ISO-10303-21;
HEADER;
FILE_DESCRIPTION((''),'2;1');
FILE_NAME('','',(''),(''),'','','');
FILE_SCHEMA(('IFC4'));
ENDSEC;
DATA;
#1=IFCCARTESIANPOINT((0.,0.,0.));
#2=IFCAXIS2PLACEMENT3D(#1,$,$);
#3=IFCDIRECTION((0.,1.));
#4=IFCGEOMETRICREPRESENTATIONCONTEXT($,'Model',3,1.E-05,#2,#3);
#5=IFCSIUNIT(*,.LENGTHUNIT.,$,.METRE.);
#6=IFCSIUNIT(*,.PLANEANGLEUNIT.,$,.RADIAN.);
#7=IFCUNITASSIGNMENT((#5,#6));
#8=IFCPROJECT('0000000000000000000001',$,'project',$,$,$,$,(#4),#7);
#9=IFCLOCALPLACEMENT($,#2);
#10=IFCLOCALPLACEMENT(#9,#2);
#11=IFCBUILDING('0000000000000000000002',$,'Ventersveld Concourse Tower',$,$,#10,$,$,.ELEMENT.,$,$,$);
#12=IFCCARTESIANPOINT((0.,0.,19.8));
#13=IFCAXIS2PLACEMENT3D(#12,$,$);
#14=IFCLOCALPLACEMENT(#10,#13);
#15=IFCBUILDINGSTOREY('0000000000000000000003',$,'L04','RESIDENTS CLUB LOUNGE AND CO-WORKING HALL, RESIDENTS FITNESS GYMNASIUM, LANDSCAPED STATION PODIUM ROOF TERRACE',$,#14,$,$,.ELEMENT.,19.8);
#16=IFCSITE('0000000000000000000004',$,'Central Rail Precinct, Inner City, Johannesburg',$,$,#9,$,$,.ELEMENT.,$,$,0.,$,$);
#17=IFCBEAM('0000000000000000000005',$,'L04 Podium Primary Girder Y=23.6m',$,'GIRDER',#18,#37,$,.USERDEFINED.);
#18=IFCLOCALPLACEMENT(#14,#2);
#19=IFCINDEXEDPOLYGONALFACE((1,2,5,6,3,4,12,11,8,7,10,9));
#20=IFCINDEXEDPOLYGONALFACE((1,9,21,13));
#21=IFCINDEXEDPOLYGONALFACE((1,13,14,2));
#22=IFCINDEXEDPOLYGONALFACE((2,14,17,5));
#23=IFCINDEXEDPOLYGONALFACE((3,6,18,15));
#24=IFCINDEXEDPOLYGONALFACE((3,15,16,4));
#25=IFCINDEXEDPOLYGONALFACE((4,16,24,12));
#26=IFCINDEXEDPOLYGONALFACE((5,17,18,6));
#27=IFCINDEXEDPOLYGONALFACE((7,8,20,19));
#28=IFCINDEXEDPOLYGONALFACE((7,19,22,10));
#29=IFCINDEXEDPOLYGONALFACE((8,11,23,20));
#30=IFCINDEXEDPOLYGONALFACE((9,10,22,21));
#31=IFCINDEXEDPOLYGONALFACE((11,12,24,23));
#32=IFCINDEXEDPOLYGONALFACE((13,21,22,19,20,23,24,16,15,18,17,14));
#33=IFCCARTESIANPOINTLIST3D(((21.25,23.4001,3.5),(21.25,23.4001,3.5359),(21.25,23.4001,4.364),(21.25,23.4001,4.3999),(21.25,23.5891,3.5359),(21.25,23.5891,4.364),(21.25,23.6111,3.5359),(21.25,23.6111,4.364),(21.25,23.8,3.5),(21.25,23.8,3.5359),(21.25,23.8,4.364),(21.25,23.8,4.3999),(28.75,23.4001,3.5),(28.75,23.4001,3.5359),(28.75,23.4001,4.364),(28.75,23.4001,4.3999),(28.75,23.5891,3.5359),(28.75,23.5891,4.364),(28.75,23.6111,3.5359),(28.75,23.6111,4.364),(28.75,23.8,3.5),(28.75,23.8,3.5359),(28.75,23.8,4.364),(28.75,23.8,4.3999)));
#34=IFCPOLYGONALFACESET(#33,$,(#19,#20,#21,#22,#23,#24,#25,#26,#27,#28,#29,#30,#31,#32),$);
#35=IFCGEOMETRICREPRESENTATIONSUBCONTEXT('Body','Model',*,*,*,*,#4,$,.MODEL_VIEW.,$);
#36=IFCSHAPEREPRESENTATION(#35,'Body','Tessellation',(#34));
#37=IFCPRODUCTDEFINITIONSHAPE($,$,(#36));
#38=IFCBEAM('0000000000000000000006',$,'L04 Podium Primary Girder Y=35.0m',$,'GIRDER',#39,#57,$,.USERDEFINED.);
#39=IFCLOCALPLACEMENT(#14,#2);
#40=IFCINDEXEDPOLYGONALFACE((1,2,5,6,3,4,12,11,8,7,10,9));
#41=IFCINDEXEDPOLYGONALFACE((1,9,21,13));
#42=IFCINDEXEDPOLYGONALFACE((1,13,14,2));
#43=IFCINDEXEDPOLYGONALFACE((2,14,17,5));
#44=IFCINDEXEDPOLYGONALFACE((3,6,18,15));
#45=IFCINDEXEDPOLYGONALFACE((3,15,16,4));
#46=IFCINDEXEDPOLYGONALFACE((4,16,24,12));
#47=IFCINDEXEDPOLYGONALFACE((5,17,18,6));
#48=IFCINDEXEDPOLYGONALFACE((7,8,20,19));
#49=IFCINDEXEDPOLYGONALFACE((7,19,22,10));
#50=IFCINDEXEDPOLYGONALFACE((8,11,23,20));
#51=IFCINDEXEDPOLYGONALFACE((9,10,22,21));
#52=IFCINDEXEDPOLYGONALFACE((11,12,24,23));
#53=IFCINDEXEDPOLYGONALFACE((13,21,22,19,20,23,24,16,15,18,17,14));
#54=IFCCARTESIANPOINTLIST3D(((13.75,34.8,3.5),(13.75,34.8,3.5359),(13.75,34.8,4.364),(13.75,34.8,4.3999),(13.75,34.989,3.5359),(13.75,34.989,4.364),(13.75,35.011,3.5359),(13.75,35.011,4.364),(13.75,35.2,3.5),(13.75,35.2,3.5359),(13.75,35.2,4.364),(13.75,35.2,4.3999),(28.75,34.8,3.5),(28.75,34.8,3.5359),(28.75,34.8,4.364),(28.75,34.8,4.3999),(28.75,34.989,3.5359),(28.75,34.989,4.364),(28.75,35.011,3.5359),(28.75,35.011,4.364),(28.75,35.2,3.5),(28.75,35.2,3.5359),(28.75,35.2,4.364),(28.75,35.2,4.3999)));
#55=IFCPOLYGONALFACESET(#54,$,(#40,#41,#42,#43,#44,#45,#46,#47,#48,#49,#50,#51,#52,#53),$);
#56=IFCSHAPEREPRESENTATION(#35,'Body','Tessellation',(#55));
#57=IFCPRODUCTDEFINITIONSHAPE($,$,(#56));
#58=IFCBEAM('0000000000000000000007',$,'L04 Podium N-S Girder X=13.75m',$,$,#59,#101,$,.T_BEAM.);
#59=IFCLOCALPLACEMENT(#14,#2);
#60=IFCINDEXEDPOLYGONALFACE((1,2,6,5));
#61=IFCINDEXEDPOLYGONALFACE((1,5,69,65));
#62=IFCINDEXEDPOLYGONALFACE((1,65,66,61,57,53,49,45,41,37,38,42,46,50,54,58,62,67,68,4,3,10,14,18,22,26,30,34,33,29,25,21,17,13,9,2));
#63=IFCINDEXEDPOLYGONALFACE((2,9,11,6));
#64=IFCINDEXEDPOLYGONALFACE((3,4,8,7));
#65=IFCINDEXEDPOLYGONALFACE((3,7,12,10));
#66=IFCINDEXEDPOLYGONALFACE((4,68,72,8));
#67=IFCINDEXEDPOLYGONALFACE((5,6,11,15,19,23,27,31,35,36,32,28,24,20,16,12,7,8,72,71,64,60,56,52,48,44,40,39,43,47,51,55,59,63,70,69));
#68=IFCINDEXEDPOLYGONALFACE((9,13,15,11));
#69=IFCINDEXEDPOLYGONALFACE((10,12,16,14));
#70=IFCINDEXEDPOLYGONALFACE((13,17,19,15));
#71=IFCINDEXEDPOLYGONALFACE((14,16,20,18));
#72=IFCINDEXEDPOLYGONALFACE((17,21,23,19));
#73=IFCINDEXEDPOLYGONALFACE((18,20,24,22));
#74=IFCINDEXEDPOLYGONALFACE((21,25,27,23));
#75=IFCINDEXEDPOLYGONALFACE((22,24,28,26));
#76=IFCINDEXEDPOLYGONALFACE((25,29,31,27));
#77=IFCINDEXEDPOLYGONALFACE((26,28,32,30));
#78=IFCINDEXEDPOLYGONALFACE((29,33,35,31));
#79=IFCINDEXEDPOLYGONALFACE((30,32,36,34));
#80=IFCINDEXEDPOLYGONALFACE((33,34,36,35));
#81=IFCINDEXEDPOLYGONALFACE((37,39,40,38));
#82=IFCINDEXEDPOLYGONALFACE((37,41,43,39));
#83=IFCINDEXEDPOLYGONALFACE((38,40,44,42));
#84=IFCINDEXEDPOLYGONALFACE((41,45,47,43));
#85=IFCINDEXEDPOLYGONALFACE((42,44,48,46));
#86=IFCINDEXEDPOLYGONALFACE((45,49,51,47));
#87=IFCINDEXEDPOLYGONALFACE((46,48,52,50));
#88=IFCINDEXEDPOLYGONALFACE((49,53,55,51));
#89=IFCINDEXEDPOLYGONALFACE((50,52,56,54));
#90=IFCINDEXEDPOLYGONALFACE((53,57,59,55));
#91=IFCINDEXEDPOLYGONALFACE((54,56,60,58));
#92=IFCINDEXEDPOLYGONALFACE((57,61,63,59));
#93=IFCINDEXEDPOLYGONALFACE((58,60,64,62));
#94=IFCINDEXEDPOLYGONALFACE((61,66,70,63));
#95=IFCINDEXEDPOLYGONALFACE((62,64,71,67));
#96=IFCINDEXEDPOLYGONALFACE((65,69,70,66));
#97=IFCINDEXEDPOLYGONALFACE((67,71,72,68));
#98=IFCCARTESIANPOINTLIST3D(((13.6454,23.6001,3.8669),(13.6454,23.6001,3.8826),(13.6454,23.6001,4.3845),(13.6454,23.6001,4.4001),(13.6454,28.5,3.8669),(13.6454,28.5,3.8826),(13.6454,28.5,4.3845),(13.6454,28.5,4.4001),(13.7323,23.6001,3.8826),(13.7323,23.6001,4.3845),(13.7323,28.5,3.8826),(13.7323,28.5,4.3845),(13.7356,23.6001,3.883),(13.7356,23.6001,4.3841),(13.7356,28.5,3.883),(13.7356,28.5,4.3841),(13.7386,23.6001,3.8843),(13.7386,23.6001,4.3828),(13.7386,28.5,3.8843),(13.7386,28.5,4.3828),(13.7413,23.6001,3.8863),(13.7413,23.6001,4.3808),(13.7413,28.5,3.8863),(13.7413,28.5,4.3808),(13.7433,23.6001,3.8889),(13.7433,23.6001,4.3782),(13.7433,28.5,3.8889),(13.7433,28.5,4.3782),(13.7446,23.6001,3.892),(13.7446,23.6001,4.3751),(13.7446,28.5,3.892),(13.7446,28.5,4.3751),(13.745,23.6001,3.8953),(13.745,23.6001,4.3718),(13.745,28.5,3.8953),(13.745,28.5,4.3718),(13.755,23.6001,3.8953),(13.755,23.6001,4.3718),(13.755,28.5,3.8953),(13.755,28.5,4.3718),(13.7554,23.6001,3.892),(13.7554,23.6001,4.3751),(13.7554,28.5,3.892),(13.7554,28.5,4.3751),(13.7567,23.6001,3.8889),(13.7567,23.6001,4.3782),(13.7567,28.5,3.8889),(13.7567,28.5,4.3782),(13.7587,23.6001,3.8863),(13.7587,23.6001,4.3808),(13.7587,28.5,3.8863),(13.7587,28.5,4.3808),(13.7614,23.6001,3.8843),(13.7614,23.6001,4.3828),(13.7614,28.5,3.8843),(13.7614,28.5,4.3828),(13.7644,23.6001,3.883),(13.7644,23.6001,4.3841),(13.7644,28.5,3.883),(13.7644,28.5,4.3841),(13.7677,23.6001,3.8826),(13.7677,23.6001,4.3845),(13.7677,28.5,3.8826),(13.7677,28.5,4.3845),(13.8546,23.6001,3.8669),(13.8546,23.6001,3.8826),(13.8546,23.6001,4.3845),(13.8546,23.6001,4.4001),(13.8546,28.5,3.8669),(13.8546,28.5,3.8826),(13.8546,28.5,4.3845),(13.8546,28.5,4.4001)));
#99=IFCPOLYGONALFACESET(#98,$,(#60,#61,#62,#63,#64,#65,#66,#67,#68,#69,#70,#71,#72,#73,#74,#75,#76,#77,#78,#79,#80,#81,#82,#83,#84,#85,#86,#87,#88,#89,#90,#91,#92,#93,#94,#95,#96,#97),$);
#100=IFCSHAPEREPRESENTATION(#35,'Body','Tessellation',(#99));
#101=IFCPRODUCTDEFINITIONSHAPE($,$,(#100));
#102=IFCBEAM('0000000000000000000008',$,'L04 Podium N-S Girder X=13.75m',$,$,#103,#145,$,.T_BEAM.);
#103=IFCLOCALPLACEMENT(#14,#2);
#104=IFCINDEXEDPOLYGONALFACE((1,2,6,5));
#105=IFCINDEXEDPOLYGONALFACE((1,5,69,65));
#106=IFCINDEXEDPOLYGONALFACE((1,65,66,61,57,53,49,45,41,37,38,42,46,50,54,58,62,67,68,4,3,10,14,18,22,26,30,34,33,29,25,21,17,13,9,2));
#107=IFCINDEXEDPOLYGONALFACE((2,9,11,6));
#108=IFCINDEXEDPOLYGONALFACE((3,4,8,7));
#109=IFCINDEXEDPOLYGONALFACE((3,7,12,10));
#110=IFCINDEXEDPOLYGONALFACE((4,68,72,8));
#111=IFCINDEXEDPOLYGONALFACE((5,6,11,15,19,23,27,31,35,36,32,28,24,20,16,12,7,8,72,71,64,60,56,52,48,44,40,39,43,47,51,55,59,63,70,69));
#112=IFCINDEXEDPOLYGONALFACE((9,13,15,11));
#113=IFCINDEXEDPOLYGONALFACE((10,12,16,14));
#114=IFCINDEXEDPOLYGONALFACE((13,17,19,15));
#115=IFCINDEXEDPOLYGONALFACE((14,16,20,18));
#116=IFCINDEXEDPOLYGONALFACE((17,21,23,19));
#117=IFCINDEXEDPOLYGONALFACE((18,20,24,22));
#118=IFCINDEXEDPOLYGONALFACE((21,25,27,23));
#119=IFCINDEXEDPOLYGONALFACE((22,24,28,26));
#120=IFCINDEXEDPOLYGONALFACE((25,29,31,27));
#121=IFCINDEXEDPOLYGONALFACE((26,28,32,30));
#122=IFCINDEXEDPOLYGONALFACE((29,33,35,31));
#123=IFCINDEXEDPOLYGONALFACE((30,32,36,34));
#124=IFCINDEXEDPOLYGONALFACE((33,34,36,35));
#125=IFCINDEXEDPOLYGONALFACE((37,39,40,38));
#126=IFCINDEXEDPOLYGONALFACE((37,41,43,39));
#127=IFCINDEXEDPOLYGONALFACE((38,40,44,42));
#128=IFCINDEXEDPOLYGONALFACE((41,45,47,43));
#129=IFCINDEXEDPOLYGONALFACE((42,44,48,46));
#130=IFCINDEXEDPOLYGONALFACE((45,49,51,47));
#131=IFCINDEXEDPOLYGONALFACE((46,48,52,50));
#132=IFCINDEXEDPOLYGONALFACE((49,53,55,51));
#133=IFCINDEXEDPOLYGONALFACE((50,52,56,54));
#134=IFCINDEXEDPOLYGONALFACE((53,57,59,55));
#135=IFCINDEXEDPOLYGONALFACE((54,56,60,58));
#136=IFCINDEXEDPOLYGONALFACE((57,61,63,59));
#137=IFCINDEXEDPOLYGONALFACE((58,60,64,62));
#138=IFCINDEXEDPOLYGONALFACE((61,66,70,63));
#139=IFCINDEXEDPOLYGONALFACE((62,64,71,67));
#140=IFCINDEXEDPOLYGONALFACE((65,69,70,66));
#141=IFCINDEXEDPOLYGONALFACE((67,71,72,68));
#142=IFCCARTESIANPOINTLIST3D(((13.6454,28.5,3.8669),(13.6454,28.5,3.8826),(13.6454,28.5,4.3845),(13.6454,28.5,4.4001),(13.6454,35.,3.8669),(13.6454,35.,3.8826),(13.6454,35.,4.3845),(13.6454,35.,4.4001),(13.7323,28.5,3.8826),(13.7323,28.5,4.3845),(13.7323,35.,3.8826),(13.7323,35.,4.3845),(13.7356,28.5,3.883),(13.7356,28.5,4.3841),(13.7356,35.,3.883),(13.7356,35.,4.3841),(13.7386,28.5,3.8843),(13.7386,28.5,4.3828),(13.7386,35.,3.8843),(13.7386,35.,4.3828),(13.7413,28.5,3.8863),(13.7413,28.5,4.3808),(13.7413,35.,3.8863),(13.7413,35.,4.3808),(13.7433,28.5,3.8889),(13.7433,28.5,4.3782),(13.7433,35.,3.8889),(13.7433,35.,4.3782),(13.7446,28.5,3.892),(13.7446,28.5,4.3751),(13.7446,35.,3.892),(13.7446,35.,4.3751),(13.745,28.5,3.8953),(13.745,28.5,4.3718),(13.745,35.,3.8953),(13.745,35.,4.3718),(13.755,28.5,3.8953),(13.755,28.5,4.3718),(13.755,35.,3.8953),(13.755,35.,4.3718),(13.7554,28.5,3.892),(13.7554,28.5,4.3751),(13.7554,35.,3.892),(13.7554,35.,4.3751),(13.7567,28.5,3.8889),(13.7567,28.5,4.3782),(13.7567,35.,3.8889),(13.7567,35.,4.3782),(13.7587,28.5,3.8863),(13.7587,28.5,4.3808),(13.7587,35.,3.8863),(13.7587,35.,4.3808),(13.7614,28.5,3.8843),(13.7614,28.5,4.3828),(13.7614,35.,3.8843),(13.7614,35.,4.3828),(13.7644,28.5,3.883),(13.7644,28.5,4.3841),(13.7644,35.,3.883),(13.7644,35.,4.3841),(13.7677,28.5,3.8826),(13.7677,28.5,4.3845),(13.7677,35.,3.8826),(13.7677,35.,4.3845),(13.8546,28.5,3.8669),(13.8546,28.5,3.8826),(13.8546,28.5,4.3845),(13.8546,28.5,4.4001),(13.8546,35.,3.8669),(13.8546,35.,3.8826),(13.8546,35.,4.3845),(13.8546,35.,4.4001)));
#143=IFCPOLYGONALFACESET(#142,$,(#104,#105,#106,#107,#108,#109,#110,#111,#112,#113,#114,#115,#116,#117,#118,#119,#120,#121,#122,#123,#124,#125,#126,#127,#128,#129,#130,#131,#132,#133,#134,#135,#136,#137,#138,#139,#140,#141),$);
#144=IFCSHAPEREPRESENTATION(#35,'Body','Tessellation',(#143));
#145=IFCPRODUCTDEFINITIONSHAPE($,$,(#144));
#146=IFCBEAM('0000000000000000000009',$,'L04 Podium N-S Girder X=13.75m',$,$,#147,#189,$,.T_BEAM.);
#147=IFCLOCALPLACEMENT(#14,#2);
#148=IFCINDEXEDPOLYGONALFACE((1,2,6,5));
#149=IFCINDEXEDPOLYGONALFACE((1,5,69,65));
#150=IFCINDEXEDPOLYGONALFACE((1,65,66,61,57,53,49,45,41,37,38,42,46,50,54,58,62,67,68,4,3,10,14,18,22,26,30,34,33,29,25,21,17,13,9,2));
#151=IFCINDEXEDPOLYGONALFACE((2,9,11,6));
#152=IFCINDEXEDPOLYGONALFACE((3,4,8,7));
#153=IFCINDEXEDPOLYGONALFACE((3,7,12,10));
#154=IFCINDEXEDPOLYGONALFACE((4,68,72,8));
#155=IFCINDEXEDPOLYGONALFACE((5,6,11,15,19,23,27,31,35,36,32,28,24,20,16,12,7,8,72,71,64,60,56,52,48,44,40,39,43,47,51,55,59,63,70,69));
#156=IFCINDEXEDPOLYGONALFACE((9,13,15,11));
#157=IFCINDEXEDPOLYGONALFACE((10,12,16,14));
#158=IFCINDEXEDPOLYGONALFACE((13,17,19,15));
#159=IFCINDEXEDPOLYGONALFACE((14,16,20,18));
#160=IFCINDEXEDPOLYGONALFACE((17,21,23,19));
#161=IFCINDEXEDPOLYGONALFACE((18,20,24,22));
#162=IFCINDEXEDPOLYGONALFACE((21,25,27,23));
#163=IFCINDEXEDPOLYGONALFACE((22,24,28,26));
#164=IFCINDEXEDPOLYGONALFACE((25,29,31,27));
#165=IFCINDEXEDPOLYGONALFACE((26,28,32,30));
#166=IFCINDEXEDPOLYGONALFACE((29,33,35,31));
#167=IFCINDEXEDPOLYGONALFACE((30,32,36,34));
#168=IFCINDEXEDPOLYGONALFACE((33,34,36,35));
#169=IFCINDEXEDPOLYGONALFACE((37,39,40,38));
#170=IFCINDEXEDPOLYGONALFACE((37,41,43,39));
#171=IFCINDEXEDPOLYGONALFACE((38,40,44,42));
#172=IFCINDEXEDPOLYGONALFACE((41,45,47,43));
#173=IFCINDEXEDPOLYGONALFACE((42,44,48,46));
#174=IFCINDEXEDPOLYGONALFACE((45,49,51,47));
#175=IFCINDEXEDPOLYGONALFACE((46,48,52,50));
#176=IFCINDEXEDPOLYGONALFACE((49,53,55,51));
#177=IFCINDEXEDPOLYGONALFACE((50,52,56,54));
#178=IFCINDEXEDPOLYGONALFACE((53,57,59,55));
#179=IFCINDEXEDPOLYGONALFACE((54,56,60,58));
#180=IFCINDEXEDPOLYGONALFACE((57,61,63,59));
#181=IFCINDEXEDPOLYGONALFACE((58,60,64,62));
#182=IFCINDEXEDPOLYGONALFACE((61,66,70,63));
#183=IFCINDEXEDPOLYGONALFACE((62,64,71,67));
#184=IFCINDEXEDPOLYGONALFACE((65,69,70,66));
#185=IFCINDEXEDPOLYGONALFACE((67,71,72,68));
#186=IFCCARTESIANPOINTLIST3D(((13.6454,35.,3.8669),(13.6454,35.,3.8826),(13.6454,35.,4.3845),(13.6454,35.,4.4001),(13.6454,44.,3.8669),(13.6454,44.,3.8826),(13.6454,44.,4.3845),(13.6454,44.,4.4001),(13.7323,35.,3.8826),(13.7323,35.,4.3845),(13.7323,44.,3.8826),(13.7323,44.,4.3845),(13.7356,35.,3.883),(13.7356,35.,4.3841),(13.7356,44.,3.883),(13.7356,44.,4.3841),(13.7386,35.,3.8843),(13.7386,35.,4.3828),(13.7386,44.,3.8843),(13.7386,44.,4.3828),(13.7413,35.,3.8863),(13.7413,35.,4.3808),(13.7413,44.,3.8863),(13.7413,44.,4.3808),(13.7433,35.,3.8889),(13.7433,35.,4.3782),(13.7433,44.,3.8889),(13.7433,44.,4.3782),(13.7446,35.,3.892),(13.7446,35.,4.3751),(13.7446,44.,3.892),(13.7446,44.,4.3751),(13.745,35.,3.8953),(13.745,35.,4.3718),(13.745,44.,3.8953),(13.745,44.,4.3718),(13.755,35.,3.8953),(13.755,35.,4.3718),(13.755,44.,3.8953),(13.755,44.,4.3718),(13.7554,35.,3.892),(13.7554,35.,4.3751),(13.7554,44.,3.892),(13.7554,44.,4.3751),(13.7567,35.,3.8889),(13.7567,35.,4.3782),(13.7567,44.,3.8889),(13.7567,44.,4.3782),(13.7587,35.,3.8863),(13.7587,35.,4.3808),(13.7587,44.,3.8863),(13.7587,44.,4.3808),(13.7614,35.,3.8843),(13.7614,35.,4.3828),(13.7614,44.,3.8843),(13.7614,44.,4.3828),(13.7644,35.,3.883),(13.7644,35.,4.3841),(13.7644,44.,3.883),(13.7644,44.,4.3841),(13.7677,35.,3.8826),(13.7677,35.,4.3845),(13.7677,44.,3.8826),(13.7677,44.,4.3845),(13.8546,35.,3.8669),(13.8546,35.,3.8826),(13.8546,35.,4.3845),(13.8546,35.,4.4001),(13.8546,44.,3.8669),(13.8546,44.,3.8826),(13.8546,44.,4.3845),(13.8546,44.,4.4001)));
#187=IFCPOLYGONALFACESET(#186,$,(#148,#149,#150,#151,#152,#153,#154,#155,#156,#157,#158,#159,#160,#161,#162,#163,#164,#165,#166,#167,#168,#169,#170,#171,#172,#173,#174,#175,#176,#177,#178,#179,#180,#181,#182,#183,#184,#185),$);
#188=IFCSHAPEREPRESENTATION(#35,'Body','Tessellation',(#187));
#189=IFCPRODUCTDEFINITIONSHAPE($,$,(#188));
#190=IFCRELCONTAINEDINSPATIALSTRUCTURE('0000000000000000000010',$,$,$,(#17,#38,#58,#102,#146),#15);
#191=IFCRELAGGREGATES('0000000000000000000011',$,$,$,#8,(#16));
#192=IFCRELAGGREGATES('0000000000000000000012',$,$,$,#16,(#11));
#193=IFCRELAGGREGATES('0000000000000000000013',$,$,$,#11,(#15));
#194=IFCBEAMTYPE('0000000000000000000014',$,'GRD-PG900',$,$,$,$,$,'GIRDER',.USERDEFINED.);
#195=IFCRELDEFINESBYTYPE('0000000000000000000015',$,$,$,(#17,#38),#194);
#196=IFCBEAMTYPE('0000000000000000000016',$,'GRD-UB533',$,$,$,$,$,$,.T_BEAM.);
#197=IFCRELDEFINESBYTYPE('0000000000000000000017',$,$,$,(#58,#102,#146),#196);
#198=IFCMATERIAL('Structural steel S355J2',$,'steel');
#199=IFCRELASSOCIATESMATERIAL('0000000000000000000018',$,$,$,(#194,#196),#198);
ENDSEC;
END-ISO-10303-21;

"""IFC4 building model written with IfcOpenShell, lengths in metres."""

from ifc_helpers import new_model, si_unit, direction, frame, origin, origin_2d, place, context, subcontext, project, spatial, i_section, extrude, material, material_profile, profile_set, type_object, element, save


model = new_model("IFC4")

# Units and contexts
model_context = context("Model", 3, precision=1e-05, world=origin(), true_north=direction((0.0, 1.0)))
body_context = subcontext(model_context, "Body", "Model", "MODEL_VIEW")
ifc_project = project(units=[si_unit("LENGTHUNIT", "METRE"), si_unit("PLANEANGLEUNIT", "RADIAN")], contexts=[model_context])

# Site, building, storey
site_placement = place(None, origin())
site = spatial("IfcSite", under=ifc_project, at=site_placement, Name="Central Rail Precinct, Inner City, Johannesburg", CompositionType="ELEMENT", RefElevation=0.0)
building_placement = place(site_placement, origin())
building = spatial("IfcBuilding", under=site, at=building_placement, Name="Ventersveld Concourse Tower", CompositionType="ELEMENT")
storey_placement = place(building_placement, frame((0.0, 0.0, 19.8)))
storey = spatial("IfcBuildingStorey", under=building, at=storey_placement, Name="L04", Description="RESIDENTS CLUB LOUNGE AND CO-WORKING HALL, RESIDENTS FITNESS GYMNASIUM, LANDSCAPED STATION PODIUM ROOF TERRACE", CompositionType="ELEMENT", Elevation=19.8)

# Beams
ifc_material_1 = material(Name="Structural steel S355J2", Category="steel")
ifc_material_profile_1 = material_profile(ifc_material_1, i_section(OverallWidth=0.3999, OverallDepth=0.8999, WebThickness=0.022, FlangeThickness=0.0359, at=origin_2d()), Name="PG 900x400x36")
ifc_profile_set_1 = profile_set([ifc_material_profile_1], Name="Structural steel S355J2")
beam_type_1 = type_object("IfcBeamType", Name="GRD-PG900", ElementType="GIRDER", PredefinedType="USERDEFINED", material=ifc_profile_set_1)
for number, where, z_axis, x_axis, name in (
    (1, (21.25, 23.6001, 3.95), (1.0, 0.0, 0.0), (0.0, 1.0, 0.0), "L04 Podium Primary Girder Y=23.6m"),
):
    element("IfcBeam", number, at=place(storey_placement, frame(where, z_axis=z_axis, x_axis=x_axis)), inside=storey, type_object=beam_type_1, Name=name, ObjectType="GIRDER", PredefinedType="USERDEFINED", context=body_context, shape_type="SweptSolid", body=[
        extrude(i_section(OverallWidth=0.3999, OverallDepth=0.8999, WebThickness=0.022, FlangeThickness=0.0359, at=origin_2d()), origin(), (0.0, 0.0, 1.0), 7.5),
    ])
beam_1_placement = place(storey_placement, frame((13.75, 35.0, 3.95), z_axis=(1.0, 0.0, 0.0), x_axis=(0.0, 1.0, 0.0)))
element("IfcBeam", 2, at=beam_1_placement, inside=storey, type_object=beam_type_1, Name="L04 Podium Primary Girder Y=35.0m", ObjectType="GIRDER", PredefinedType="USERDEFINED", context=body_context, shape_type="SweptSolid", body=[
    extrude(i_section(OverallWidth=0.3999, OverallDepth=0.8999, WebThickness=0.022, FlangeThickness=0.0359, at=origin_2d()), origin(), (0.0, 0.0, 1.0), 15.0),
])
ifc_material_profile_2 = material_profile(ifc_material_1, i_section(OverallWidth=0.2092, OverallDepth=0.5332, WebThickness=0.01, FlangeThickness=0.0156, FilletRadius=0.0127, at=origin_2d()), Name="UB 533x210x92")
ifc_profile_set_2 = profile_set([ifc_material_profile_2], Name="Structural steel S355J2")
beam_type_2 = type_object("IfcBeamType", Name="GRD-UB533", PredefinedType="T_BEAM", material=ifc_profile_set_2)
beam_2_placement = place(storey_placement, frame((13.75, 23.6001, 4.1335), z_axis=(0.0, 1.0, 0.0), x_axis=(-1.0, 0.0, 0.0)))
element("IfcBeam", 3, at=beam_2_placement, inside=storey, type_object=beam_type_2, Name="L04 Podium N-S Girder X=13.75m", PredefinedType="T_BEAM", context=body_context, shape_type="SweptSolid", body=[
    extrude(i_section(OverallWidth=0.2092, OverallDepth=0.5332, WebThickness=0.01, FlangeThickness=0.0156, FilletRadius=0.0127, at=origin_2d()), origin(), (0.0, 0.0, 1.0), 4.8999),
])
beam_3_placement = place(storey_placement, frame((13.75, 28.5, 4.1335), z_axis=(0.0, 1.0, 0.0), x_axis=(-1.0, 0.0, 0.0)))
element("IfcBeam", 4, at=beam_3_placement, inside=storey, type_object=beam_type_2, Name="L04 Podium N-S Girder X=13.75m", PredefinedType="T_BEAM", context=body_context, shape_type="SweptSolid", body=[
    extrude(i_section(OverallWidth=0.2092, OverallDepth=0.5332, WebThickness=0.01, FlangeThickness=0.0156, FilletRadius=0.0127, at=origin_2d()), origin(), (0.0, 0.0, 1.0), 6.5),
])
beam_4_placement = place(storey_placement, frame((13.75, 35.0, 4.1335), z_axis=(0.0, 1.0, 0.0), x_axis=(-1.0, 0.0, 0.0)))
element("IfcBeam", 5, at=beam_4_placement, inside=storey, type_object=beam_type_2, Name="L04 Podium N-S Girder X=13.75m", PredefinedType="T_BEAM", context=body_context, shape_type="SweptSolid", body=[
    extrude(i_section(OverallWidth=0.2092, OverallDepth=0.5332, WebThickness=0.01, FlangeThickness=0.0156, FilletRadius=0.0127, at=origin_2d()), origin(), (0.0, 0.0, 1.0), 9.0),
])

save(model, "model.ifc")
